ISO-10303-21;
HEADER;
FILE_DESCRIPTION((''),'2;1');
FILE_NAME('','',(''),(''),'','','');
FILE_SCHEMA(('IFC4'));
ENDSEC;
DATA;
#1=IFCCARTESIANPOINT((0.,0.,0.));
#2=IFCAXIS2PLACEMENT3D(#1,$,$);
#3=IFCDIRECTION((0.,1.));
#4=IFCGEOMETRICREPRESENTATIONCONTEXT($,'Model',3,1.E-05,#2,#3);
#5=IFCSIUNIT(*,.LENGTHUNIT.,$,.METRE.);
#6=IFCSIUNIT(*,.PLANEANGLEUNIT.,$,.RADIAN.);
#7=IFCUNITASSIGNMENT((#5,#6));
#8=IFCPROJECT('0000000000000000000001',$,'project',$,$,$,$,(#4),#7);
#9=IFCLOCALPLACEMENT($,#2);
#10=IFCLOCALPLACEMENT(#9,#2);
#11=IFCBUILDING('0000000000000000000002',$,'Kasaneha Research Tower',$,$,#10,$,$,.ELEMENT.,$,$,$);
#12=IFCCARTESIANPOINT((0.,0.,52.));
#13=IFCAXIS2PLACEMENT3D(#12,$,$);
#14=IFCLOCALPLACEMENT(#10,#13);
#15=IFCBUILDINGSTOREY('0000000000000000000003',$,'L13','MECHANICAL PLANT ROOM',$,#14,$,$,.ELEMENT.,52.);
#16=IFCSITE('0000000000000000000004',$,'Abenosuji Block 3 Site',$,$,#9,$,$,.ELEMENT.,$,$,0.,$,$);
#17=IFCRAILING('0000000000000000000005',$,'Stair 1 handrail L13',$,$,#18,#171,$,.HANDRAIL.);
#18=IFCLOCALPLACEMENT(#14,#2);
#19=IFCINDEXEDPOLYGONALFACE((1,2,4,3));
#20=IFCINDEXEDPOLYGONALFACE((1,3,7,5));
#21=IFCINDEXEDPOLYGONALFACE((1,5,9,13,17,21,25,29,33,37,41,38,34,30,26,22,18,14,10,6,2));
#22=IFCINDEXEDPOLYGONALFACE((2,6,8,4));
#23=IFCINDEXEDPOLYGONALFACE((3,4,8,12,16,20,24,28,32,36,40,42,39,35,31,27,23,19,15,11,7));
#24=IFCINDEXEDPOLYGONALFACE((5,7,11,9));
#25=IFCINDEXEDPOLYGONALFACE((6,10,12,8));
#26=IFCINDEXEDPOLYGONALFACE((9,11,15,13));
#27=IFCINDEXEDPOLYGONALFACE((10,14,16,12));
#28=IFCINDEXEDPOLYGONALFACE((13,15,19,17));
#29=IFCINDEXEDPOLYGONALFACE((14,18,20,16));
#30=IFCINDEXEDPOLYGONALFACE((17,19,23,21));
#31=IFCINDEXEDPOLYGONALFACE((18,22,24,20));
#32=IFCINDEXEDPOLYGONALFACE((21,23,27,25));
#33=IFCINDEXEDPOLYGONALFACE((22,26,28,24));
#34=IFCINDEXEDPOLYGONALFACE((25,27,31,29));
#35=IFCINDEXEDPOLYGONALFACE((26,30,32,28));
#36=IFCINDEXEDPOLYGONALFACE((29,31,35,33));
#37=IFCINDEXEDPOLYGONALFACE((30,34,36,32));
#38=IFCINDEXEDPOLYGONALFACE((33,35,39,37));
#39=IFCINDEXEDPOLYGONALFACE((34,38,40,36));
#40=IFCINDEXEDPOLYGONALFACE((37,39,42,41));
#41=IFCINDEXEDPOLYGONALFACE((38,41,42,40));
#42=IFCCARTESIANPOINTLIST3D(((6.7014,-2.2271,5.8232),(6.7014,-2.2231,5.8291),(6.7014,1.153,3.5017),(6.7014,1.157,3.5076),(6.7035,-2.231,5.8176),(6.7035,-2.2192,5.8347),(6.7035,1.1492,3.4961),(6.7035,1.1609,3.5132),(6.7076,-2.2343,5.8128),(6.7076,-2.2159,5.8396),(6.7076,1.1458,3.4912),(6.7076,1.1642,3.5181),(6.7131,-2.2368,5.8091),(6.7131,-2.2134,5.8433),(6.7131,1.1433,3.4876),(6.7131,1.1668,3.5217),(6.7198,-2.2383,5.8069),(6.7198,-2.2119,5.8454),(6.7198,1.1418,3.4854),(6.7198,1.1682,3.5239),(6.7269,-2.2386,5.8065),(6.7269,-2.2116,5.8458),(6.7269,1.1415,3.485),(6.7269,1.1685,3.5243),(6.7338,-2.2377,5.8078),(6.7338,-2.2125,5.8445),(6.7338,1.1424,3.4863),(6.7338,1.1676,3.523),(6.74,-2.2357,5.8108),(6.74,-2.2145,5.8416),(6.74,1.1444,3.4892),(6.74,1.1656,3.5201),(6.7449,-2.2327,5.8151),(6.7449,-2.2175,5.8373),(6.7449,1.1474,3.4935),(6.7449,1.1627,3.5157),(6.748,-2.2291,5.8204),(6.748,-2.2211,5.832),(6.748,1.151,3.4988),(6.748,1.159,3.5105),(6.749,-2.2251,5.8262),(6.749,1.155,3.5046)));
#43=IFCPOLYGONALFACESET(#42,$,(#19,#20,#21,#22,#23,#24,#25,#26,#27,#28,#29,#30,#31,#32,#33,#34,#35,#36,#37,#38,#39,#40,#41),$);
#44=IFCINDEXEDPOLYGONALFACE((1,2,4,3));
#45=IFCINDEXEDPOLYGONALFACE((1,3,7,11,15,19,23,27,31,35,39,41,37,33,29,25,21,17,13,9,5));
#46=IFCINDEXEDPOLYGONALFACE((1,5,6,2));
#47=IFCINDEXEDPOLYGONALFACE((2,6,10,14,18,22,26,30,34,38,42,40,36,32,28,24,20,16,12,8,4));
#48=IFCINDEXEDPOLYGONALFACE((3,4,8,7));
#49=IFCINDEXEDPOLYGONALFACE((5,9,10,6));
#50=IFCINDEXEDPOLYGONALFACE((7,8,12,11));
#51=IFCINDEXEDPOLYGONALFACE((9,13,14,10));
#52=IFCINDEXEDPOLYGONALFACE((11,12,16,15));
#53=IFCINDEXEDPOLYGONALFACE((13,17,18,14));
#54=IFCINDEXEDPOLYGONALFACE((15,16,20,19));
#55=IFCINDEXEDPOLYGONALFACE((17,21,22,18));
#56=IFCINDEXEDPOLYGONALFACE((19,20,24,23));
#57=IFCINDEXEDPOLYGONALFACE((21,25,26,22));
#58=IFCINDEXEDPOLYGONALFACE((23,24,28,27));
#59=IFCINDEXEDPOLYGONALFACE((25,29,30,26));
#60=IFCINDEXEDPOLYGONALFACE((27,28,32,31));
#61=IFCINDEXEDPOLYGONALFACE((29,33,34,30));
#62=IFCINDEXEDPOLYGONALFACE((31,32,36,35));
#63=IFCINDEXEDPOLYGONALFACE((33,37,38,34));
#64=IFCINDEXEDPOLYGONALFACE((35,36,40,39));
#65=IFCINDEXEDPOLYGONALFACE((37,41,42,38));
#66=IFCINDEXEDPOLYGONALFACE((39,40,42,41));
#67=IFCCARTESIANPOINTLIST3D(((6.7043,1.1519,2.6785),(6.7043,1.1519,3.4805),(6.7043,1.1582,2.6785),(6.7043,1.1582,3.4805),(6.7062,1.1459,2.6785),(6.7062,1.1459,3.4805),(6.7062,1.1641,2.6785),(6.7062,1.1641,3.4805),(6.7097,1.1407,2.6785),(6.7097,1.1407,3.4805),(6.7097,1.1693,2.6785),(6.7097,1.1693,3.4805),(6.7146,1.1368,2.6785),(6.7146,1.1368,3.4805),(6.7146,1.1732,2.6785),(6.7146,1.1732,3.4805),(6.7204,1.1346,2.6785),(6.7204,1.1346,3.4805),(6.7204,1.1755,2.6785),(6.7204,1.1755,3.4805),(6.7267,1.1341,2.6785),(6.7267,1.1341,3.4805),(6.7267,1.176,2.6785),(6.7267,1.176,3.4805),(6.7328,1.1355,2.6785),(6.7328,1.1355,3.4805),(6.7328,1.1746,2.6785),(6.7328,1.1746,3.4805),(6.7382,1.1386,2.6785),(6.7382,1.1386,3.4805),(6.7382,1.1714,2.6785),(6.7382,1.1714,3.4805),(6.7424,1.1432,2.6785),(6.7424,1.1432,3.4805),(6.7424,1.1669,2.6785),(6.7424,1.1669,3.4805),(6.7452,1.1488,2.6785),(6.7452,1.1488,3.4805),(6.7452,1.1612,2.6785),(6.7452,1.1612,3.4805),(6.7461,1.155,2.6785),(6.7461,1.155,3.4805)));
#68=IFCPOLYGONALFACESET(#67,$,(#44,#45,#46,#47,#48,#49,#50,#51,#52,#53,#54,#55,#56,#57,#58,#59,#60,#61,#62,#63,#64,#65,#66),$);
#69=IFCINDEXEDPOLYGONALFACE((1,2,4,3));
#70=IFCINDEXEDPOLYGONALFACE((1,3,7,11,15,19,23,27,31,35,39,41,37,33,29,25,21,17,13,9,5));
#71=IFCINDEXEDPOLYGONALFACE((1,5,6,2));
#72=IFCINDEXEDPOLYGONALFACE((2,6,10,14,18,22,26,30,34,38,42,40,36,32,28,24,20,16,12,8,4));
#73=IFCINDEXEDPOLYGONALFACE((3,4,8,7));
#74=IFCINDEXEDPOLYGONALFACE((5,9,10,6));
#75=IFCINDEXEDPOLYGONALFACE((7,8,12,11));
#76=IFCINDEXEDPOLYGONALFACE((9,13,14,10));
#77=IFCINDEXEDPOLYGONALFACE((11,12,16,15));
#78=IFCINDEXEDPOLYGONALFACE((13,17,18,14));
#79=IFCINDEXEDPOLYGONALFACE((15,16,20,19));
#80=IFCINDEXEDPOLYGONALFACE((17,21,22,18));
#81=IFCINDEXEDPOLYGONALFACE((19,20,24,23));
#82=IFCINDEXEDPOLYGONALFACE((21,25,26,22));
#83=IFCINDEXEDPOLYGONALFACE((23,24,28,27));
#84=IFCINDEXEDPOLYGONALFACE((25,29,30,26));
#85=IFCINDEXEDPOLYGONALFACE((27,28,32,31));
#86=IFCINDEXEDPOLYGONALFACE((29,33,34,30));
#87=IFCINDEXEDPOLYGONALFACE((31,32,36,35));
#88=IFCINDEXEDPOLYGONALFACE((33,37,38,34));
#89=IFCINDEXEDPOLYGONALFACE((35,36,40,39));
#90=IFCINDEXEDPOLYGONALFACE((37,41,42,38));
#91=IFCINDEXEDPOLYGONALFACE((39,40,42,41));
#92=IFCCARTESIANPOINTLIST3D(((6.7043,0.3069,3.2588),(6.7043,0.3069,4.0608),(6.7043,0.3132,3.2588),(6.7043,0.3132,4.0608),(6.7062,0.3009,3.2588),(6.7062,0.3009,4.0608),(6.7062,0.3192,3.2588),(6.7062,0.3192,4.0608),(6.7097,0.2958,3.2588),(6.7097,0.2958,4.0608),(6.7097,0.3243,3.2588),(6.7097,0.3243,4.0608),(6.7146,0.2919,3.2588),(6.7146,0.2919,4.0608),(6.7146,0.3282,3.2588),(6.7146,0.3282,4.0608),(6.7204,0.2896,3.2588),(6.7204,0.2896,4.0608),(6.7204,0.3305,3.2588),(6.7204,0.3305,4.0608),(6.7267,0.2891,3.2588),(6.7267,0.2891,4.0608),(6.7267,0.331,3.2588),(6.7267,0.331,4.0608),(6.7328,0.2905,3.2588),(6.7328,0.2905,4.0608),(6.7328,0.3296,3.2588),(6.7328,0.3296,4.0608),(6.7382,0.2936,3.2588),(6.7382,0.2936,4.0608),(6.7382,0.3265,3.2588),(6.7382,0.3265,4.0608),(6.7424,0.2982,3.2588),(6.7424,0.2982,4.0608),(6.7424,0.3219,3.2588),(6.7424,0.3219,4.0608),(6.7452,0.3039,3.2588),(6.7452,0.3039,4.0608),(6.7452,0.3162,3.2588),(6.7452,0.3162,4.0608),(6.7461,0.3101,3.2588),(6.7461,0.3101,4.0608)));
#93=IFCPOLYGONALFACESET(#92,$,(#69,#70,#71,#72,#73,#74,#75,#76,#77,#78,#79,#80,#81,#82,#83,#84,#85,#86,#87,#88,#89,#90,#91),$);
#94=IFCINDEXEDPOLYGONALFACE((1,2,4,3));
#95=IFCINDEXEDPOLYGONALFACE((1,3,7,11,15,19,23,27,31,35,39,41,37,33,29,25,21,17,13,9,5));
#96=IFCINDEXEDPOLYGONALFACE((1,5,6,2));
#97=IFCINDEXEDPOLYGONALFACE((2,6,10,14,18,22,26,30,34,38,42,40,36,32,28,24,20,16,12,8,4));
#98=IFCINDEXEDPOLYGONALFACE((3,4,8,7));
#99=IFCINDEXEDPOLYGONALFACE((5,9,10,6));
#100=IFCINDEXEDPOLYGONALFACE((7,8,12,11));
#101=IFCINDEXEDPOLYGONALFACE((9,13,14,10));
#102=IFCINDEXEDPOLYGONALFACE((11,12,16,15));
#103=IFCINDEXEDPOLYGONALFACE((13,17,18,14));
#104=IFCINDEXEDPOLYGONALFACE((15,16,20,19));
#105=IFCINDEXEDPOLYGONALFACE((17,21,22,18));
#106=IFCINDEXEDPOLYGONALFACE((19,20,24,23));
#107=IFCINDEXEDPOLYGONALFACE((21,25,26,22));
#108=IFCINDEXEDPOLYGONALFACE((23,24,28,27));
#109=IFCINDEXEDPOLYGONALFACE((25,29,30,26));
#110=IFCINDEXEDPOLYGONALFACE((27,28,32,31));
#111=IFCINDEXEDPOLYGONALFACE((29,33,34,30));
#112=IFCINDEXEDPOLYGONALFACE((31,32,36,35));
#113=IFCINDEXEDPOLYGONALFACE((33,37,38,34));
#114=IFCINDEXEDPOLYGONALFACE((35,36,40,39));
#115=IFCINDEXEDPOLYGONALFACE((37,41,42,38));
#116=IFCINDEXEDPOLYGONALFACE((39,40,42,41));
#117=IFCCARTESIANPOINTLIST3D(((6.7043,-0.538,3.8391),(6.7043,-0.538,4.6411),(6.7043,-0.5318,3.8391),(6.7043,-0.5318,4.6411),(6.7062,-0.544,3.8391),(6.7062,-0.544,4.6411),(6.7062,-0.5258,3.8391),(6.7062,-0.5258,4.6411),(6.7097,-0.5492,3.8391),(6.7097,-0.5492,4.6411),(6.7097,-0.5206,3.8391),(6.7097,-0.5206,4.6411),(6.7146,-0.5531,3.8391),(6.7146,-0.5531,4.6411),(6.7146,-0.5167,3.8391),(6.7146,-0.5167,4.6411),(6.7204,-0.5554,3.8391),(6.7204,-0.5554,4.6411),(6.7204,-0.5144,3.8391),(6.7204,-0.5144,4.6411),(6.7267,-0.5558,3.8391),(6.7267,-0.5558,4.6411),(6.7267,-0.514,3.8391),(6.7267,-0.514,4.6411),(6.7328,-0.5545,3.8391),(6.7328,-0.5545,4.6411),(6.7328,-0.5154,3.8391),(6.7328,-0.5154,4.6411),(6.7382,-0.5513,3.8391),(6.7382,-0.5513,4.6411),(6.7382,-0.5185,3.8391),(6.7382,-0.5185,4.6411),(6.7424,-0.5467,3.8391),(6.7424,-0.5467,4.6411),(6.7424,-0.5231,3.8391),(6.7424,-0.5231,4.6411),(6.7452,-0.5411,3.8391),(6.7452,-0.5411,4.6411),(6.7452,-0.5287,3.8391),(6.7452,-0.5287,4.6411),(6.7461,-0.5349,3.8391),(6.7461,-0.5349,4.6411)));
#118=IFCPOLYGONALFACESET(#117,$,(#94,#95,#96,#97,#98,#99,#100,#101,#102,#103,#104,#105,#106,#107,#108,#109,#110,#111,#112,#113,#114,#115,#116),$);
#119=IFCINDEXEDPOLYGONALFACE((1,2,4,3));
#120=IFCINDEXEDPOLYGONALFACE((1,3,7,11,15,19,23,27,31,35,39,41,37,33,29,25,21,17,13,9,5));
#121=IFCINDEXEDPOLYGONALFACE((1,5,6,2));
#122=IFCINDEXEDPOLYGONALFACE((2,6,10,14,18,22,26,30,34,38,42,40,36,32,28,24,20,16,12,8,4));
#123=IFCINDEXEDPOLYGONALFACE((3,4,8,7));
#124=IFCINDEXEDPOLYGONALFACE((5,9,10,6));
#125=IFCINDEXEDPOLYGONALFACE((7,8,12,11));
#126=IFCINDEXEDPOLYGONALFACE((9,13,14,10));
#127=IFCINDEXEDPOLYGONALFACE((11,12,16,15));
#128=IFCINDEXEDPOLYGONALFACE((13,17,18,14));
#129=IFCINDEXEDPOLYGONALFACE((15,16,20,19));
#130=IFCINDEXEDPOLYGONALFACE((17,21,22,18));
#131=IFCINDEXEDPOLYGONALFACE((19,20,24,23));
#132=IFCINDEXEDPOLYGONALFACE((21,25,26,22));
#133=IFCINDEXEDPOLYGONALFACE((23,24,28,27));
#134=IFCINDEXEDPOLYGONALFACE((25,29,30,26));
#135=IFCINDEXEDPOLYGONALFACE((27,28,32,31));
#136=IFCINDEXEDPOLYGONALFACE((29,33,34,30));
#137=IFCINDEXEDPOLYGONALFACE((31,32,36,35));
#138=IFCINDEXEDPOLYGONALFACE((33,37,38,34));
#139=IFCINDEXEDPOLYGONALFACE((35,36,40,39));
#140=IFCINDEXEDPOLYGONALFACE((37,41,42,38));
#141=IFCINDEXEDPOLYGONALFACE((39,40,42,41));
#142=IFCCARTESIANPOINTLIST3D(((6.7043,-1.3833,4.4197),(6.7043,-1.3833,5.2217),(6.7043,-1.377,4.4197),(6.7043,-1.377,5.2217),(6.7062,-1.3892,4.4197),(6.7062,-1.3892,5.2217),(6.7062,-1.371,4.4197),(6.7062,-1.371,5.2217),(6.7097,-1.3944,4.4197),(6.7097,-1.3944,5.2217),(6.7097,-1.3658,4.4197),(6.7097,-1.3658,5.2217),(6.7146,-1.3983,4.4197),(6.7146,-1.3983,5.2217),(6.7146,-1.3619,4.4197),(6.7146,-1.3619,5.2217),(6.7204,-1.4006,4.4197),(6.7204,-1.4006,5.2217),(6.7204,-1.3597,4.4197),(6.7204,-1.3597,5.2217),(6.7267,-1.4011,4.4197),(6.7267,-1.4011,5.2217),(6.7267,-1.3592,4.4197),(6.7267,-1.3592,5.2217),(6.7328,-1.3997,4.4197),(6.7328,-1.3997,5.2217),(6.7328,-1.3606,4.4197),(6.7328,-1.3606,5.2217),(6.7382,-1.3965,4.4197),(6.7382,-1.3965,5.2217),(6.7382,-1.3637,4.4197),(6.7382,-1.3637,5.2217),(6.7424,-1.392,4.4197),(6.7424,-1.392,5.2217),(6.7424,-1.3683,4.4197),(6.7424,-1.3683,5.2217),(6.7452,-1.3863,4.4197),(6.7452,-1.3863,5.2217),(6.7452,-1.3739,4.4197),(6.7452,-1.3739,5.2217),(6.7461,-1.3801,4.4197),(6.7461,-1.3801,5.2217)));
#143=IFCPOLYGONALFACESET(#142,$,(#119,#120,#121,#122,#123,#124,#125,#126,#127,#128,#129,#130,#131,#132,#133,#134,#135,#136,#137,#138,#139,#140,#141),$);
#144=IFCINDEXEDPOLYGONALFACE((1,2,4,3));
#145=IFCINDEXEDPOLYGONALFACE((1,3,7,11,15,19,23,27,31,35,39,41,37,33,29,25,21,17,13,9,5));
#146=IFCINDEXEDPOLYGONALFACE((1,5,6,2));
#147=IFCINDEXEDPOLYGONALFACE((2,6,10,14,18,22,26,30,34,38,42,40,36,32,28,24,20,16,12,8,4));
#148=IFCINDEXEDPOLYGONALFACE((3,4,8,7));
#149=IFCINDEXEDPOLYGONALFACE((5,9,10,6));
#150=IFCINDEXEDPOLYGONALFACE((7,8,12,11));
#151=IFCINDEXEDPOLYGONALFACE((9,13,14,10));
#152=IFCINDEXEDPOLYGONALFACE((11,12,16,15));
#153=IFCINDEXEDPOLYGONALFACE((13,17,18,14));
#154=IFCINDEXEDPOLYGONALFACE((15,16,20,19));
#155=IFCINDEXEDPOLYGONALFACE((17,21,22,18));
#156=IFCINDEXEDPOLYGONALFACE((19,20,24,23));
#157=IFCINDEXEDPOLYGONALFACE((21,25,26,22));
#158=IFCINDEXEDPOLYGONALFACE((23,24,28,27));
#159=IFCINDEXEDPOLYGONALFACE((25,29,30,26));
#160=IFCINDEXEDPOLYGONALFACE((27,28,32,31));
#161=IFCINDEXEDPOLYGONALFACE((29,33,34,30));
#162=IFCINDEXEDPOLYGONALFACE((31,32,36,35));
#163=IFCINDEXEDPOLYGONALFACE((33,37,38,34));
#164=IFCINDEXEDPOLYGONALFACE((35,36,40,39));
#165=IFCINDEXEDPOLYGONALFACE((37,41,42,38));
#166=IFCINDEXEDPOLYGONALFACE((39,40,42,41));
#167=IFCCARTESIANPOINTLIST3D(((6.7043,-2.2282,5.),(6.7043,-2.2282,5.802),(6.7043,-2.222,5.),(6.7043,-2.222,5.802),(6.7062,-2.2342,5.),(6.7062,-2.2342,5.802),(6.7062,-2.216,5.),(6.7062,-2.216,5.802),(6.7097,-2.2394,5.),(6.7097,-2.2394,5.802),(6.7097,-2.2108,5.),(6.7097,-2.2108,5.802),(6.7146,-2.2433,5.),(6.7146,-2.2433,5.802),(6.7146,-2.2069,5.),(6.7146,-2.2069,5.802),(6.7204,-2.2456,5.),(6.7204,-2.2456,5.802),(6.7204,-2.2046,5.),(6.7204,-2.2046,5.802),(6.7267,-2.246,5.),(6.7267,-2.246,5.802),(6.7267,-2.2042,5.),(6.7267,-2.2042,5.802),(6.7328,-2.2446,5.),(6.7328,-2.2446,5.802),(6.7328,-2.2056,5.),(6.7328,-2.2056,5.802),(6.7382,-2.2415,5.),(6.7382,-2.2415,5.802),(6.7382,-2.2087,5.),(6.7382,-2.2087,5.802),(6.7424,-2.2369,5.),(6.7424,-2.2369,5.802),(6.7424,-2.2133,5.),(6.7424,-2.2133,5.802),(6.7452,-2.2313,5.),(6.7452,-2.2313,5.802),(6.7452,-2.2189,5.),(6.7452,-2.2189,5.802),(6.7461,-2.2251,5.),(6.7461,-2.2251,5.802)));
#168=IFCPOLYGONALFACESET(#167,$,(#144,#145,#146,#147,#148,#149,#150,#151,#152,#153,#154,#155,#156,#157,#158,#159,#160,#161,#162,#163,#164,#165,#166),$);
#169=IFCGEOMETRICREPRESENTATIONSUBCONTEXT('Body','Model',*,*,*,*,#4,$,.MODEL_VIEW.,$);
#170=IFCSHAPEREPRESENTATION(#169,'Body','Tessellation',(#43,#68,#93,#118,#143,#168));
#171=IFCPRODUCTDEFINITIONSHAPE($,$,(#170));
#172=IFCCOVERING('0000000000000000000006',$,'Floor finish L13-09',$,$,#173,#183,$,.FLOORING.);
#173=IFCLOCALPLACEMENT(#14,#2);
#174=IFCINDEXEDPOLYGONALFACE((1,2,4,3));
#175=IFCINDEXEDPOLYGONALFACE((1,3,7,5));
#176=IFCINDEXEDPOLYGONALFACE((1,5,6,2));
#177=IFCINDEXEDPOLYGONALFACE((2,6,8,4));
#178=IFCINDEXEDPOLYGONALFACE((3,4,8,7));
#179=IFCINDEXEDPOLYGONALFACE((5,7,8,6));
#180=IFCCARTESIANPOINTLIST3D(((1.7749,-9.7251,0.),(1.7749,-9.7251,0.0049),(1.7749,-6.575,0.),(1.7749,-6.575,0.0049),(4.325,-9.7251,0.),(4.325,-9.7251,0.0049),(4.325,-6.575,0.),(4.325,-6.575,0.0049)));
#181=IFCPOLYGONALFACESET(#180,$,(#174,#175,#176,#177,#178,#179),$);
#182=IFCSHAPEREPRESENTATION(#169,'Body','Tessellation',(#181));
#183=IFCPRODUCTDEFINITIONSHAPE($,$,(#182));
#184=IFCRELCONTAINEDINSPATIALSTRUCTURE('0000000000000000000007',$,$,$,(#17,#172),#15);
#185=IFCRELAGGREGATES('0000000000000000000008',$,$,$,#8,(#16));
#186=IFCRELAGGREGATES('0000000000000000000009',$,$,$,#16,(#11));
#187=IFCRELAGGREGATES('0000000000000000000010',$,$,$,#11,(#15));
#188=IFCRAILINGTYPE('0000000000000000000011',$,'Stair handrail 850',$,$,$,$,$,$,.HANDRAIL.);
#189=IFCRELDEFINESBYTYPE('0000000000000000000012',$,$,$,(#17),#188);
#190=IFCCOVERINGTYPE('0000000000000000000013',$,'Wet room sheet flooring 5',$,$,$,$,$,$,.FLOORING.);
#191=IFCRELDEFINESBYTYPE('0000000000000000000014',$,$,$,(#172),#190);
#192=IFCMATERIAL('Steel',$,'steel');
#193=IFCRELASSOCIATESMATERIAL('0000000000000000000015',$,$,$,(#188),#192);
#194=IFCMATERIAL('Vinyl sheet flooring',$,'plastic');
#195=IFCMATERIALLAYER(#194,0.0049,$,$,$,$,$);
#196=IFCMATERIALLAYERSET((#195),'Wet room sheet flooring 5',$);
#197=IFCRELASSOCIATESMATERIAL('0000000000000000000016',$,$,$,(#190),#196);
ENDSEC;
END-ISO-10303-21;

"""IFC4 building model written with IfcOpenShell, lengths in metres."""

from ifc_helpers import new_model, si_unit, direction, frame, origin, origin_2d, place, context, subcontext, project, spatial, polyline, circle, outline, extrude, material, layer, layer_set, type_object, element, save


model = new_model("IFC4")

# Units and contexts
model_context = context("Model", 3, precision=1e-05, world=origin(), true_north=direction((0.0, 1.0)))
body_context = subcontext(model_context, "Body", "Model", "MODEL_VIEW")
ifc_project = project(units=[si_unit("LENGTHUNIT", "METRE"), si_unit("PLANEANGLEUNIT", "RADIAN")], contexts=[model_context])

# Site, building, storey
site_placement = place(None, origin())
site = spatial("IfcSite", under=ifc_project, at=site_placement, Name="Abenosuji Block 3 Site", CompositionType="ELEMENT", RefElevation=0.0)
building_placement = place(site_placement, origin())
building = spatial("IfcBuilding", under=site, at=building_placement, Name="Kasaneha Research Tower", CompositionType="ELEMENT")
storey_placement = place(building_placement, frame((0.0, 0.0, 52.0)))
storey = spatial("IfcBuildingStorey", under=building, at=storey_placement, Name="L13", Description="MECHANICAL PLANT ROOM", CompositionType="ELEMENT", Elevation=52.0)

# Railing
ifc_material_1 = material(Name="Steel", Category="steel")
railing_type_1 = type_object("IfcRailingType", Name="Stair handrail 850", PredefinedType="HANDRAIL", material=ifc_material_1)
railing_1_placement = place(storey_placement, frame((6.7251, 1.155, 2.6785)))
element("IfcRailing", 1, at=railing_1_placement, inside=storey, type_object=railing_type_1, Name="Stair 1 handrail L13", PredefinedType="HANDRAIL", context=body_context, shape_type="SweptSolid", body=[
    extrude(circle(Radius=0.0239, at=origin_2d()), frame((0.0, 0.0, 0.8262), z_axis=(0.0, -0.824304, 0.566147), x_axis=(1.0, 0.0, 0.0)), (0.0, 0.0, 1.0), 4.1006),
    extrude(circle(Radius=0.021, at=origin_2d()), origin(), (0.0, 0.0, 1.0), 0.802),
    extrude(circle(Radius=0.021, at=origin_2d()), frame((0.0, -0.845, 0.5803)), (0.0, 0.0, 1.0), 0.802),
    extrude(circle(Radius=0.021, at=origin_2d()), frame((0.0, -1.6899, 1.1606)), (0.0, 0.0, 1.0), 0.802),
    extrude(circle(Radius=0.021, at=origin_2d()), frame((0.0, -2.5352, 1.7412)), (0.0, 0.0, 1.0), 0.802),
    extrude(circle(Radius=0.021, at=origin_2d()), frame((0.0, -3.3801, 2.3215)), (0.0, 0.0, 1.0), 0.802),
])

# Covering
ifc_material_2 = material(Name="Vinyl sheet flooring", Category="plastic")
ifc_layer_1 = layer(ifc_material_2, 0.0049)
ifc_layer_set_1 = layer_set([ifc_layer_1], Name="Wet room sheet flooring 5")
covering_type = type_object("IfcCoveringType", Name="Wet room sheet flooring 5", PredefinedType="FLOORING", material=ifc_layer_set_1)
covering_placement = place(storey_placement, origin())
element("IfcCovering", 2, at=covering_placement, inside=storey, type_object=covering_type, Name="Floor finish L13-09", PredefinedType="FLOORING", context=body_context, shape_type="SweptSolid", body=[
    extrude(outline(polyline([(1.7749, -9.7251), (1.7749, -6.575), (4.325, -6.575), (4.325, -9.7251), (1.7749, -9.7251)])), origin(), (0.0, 0.0, 1.0), 0.0049),
])

save(model, "model.ifc")
